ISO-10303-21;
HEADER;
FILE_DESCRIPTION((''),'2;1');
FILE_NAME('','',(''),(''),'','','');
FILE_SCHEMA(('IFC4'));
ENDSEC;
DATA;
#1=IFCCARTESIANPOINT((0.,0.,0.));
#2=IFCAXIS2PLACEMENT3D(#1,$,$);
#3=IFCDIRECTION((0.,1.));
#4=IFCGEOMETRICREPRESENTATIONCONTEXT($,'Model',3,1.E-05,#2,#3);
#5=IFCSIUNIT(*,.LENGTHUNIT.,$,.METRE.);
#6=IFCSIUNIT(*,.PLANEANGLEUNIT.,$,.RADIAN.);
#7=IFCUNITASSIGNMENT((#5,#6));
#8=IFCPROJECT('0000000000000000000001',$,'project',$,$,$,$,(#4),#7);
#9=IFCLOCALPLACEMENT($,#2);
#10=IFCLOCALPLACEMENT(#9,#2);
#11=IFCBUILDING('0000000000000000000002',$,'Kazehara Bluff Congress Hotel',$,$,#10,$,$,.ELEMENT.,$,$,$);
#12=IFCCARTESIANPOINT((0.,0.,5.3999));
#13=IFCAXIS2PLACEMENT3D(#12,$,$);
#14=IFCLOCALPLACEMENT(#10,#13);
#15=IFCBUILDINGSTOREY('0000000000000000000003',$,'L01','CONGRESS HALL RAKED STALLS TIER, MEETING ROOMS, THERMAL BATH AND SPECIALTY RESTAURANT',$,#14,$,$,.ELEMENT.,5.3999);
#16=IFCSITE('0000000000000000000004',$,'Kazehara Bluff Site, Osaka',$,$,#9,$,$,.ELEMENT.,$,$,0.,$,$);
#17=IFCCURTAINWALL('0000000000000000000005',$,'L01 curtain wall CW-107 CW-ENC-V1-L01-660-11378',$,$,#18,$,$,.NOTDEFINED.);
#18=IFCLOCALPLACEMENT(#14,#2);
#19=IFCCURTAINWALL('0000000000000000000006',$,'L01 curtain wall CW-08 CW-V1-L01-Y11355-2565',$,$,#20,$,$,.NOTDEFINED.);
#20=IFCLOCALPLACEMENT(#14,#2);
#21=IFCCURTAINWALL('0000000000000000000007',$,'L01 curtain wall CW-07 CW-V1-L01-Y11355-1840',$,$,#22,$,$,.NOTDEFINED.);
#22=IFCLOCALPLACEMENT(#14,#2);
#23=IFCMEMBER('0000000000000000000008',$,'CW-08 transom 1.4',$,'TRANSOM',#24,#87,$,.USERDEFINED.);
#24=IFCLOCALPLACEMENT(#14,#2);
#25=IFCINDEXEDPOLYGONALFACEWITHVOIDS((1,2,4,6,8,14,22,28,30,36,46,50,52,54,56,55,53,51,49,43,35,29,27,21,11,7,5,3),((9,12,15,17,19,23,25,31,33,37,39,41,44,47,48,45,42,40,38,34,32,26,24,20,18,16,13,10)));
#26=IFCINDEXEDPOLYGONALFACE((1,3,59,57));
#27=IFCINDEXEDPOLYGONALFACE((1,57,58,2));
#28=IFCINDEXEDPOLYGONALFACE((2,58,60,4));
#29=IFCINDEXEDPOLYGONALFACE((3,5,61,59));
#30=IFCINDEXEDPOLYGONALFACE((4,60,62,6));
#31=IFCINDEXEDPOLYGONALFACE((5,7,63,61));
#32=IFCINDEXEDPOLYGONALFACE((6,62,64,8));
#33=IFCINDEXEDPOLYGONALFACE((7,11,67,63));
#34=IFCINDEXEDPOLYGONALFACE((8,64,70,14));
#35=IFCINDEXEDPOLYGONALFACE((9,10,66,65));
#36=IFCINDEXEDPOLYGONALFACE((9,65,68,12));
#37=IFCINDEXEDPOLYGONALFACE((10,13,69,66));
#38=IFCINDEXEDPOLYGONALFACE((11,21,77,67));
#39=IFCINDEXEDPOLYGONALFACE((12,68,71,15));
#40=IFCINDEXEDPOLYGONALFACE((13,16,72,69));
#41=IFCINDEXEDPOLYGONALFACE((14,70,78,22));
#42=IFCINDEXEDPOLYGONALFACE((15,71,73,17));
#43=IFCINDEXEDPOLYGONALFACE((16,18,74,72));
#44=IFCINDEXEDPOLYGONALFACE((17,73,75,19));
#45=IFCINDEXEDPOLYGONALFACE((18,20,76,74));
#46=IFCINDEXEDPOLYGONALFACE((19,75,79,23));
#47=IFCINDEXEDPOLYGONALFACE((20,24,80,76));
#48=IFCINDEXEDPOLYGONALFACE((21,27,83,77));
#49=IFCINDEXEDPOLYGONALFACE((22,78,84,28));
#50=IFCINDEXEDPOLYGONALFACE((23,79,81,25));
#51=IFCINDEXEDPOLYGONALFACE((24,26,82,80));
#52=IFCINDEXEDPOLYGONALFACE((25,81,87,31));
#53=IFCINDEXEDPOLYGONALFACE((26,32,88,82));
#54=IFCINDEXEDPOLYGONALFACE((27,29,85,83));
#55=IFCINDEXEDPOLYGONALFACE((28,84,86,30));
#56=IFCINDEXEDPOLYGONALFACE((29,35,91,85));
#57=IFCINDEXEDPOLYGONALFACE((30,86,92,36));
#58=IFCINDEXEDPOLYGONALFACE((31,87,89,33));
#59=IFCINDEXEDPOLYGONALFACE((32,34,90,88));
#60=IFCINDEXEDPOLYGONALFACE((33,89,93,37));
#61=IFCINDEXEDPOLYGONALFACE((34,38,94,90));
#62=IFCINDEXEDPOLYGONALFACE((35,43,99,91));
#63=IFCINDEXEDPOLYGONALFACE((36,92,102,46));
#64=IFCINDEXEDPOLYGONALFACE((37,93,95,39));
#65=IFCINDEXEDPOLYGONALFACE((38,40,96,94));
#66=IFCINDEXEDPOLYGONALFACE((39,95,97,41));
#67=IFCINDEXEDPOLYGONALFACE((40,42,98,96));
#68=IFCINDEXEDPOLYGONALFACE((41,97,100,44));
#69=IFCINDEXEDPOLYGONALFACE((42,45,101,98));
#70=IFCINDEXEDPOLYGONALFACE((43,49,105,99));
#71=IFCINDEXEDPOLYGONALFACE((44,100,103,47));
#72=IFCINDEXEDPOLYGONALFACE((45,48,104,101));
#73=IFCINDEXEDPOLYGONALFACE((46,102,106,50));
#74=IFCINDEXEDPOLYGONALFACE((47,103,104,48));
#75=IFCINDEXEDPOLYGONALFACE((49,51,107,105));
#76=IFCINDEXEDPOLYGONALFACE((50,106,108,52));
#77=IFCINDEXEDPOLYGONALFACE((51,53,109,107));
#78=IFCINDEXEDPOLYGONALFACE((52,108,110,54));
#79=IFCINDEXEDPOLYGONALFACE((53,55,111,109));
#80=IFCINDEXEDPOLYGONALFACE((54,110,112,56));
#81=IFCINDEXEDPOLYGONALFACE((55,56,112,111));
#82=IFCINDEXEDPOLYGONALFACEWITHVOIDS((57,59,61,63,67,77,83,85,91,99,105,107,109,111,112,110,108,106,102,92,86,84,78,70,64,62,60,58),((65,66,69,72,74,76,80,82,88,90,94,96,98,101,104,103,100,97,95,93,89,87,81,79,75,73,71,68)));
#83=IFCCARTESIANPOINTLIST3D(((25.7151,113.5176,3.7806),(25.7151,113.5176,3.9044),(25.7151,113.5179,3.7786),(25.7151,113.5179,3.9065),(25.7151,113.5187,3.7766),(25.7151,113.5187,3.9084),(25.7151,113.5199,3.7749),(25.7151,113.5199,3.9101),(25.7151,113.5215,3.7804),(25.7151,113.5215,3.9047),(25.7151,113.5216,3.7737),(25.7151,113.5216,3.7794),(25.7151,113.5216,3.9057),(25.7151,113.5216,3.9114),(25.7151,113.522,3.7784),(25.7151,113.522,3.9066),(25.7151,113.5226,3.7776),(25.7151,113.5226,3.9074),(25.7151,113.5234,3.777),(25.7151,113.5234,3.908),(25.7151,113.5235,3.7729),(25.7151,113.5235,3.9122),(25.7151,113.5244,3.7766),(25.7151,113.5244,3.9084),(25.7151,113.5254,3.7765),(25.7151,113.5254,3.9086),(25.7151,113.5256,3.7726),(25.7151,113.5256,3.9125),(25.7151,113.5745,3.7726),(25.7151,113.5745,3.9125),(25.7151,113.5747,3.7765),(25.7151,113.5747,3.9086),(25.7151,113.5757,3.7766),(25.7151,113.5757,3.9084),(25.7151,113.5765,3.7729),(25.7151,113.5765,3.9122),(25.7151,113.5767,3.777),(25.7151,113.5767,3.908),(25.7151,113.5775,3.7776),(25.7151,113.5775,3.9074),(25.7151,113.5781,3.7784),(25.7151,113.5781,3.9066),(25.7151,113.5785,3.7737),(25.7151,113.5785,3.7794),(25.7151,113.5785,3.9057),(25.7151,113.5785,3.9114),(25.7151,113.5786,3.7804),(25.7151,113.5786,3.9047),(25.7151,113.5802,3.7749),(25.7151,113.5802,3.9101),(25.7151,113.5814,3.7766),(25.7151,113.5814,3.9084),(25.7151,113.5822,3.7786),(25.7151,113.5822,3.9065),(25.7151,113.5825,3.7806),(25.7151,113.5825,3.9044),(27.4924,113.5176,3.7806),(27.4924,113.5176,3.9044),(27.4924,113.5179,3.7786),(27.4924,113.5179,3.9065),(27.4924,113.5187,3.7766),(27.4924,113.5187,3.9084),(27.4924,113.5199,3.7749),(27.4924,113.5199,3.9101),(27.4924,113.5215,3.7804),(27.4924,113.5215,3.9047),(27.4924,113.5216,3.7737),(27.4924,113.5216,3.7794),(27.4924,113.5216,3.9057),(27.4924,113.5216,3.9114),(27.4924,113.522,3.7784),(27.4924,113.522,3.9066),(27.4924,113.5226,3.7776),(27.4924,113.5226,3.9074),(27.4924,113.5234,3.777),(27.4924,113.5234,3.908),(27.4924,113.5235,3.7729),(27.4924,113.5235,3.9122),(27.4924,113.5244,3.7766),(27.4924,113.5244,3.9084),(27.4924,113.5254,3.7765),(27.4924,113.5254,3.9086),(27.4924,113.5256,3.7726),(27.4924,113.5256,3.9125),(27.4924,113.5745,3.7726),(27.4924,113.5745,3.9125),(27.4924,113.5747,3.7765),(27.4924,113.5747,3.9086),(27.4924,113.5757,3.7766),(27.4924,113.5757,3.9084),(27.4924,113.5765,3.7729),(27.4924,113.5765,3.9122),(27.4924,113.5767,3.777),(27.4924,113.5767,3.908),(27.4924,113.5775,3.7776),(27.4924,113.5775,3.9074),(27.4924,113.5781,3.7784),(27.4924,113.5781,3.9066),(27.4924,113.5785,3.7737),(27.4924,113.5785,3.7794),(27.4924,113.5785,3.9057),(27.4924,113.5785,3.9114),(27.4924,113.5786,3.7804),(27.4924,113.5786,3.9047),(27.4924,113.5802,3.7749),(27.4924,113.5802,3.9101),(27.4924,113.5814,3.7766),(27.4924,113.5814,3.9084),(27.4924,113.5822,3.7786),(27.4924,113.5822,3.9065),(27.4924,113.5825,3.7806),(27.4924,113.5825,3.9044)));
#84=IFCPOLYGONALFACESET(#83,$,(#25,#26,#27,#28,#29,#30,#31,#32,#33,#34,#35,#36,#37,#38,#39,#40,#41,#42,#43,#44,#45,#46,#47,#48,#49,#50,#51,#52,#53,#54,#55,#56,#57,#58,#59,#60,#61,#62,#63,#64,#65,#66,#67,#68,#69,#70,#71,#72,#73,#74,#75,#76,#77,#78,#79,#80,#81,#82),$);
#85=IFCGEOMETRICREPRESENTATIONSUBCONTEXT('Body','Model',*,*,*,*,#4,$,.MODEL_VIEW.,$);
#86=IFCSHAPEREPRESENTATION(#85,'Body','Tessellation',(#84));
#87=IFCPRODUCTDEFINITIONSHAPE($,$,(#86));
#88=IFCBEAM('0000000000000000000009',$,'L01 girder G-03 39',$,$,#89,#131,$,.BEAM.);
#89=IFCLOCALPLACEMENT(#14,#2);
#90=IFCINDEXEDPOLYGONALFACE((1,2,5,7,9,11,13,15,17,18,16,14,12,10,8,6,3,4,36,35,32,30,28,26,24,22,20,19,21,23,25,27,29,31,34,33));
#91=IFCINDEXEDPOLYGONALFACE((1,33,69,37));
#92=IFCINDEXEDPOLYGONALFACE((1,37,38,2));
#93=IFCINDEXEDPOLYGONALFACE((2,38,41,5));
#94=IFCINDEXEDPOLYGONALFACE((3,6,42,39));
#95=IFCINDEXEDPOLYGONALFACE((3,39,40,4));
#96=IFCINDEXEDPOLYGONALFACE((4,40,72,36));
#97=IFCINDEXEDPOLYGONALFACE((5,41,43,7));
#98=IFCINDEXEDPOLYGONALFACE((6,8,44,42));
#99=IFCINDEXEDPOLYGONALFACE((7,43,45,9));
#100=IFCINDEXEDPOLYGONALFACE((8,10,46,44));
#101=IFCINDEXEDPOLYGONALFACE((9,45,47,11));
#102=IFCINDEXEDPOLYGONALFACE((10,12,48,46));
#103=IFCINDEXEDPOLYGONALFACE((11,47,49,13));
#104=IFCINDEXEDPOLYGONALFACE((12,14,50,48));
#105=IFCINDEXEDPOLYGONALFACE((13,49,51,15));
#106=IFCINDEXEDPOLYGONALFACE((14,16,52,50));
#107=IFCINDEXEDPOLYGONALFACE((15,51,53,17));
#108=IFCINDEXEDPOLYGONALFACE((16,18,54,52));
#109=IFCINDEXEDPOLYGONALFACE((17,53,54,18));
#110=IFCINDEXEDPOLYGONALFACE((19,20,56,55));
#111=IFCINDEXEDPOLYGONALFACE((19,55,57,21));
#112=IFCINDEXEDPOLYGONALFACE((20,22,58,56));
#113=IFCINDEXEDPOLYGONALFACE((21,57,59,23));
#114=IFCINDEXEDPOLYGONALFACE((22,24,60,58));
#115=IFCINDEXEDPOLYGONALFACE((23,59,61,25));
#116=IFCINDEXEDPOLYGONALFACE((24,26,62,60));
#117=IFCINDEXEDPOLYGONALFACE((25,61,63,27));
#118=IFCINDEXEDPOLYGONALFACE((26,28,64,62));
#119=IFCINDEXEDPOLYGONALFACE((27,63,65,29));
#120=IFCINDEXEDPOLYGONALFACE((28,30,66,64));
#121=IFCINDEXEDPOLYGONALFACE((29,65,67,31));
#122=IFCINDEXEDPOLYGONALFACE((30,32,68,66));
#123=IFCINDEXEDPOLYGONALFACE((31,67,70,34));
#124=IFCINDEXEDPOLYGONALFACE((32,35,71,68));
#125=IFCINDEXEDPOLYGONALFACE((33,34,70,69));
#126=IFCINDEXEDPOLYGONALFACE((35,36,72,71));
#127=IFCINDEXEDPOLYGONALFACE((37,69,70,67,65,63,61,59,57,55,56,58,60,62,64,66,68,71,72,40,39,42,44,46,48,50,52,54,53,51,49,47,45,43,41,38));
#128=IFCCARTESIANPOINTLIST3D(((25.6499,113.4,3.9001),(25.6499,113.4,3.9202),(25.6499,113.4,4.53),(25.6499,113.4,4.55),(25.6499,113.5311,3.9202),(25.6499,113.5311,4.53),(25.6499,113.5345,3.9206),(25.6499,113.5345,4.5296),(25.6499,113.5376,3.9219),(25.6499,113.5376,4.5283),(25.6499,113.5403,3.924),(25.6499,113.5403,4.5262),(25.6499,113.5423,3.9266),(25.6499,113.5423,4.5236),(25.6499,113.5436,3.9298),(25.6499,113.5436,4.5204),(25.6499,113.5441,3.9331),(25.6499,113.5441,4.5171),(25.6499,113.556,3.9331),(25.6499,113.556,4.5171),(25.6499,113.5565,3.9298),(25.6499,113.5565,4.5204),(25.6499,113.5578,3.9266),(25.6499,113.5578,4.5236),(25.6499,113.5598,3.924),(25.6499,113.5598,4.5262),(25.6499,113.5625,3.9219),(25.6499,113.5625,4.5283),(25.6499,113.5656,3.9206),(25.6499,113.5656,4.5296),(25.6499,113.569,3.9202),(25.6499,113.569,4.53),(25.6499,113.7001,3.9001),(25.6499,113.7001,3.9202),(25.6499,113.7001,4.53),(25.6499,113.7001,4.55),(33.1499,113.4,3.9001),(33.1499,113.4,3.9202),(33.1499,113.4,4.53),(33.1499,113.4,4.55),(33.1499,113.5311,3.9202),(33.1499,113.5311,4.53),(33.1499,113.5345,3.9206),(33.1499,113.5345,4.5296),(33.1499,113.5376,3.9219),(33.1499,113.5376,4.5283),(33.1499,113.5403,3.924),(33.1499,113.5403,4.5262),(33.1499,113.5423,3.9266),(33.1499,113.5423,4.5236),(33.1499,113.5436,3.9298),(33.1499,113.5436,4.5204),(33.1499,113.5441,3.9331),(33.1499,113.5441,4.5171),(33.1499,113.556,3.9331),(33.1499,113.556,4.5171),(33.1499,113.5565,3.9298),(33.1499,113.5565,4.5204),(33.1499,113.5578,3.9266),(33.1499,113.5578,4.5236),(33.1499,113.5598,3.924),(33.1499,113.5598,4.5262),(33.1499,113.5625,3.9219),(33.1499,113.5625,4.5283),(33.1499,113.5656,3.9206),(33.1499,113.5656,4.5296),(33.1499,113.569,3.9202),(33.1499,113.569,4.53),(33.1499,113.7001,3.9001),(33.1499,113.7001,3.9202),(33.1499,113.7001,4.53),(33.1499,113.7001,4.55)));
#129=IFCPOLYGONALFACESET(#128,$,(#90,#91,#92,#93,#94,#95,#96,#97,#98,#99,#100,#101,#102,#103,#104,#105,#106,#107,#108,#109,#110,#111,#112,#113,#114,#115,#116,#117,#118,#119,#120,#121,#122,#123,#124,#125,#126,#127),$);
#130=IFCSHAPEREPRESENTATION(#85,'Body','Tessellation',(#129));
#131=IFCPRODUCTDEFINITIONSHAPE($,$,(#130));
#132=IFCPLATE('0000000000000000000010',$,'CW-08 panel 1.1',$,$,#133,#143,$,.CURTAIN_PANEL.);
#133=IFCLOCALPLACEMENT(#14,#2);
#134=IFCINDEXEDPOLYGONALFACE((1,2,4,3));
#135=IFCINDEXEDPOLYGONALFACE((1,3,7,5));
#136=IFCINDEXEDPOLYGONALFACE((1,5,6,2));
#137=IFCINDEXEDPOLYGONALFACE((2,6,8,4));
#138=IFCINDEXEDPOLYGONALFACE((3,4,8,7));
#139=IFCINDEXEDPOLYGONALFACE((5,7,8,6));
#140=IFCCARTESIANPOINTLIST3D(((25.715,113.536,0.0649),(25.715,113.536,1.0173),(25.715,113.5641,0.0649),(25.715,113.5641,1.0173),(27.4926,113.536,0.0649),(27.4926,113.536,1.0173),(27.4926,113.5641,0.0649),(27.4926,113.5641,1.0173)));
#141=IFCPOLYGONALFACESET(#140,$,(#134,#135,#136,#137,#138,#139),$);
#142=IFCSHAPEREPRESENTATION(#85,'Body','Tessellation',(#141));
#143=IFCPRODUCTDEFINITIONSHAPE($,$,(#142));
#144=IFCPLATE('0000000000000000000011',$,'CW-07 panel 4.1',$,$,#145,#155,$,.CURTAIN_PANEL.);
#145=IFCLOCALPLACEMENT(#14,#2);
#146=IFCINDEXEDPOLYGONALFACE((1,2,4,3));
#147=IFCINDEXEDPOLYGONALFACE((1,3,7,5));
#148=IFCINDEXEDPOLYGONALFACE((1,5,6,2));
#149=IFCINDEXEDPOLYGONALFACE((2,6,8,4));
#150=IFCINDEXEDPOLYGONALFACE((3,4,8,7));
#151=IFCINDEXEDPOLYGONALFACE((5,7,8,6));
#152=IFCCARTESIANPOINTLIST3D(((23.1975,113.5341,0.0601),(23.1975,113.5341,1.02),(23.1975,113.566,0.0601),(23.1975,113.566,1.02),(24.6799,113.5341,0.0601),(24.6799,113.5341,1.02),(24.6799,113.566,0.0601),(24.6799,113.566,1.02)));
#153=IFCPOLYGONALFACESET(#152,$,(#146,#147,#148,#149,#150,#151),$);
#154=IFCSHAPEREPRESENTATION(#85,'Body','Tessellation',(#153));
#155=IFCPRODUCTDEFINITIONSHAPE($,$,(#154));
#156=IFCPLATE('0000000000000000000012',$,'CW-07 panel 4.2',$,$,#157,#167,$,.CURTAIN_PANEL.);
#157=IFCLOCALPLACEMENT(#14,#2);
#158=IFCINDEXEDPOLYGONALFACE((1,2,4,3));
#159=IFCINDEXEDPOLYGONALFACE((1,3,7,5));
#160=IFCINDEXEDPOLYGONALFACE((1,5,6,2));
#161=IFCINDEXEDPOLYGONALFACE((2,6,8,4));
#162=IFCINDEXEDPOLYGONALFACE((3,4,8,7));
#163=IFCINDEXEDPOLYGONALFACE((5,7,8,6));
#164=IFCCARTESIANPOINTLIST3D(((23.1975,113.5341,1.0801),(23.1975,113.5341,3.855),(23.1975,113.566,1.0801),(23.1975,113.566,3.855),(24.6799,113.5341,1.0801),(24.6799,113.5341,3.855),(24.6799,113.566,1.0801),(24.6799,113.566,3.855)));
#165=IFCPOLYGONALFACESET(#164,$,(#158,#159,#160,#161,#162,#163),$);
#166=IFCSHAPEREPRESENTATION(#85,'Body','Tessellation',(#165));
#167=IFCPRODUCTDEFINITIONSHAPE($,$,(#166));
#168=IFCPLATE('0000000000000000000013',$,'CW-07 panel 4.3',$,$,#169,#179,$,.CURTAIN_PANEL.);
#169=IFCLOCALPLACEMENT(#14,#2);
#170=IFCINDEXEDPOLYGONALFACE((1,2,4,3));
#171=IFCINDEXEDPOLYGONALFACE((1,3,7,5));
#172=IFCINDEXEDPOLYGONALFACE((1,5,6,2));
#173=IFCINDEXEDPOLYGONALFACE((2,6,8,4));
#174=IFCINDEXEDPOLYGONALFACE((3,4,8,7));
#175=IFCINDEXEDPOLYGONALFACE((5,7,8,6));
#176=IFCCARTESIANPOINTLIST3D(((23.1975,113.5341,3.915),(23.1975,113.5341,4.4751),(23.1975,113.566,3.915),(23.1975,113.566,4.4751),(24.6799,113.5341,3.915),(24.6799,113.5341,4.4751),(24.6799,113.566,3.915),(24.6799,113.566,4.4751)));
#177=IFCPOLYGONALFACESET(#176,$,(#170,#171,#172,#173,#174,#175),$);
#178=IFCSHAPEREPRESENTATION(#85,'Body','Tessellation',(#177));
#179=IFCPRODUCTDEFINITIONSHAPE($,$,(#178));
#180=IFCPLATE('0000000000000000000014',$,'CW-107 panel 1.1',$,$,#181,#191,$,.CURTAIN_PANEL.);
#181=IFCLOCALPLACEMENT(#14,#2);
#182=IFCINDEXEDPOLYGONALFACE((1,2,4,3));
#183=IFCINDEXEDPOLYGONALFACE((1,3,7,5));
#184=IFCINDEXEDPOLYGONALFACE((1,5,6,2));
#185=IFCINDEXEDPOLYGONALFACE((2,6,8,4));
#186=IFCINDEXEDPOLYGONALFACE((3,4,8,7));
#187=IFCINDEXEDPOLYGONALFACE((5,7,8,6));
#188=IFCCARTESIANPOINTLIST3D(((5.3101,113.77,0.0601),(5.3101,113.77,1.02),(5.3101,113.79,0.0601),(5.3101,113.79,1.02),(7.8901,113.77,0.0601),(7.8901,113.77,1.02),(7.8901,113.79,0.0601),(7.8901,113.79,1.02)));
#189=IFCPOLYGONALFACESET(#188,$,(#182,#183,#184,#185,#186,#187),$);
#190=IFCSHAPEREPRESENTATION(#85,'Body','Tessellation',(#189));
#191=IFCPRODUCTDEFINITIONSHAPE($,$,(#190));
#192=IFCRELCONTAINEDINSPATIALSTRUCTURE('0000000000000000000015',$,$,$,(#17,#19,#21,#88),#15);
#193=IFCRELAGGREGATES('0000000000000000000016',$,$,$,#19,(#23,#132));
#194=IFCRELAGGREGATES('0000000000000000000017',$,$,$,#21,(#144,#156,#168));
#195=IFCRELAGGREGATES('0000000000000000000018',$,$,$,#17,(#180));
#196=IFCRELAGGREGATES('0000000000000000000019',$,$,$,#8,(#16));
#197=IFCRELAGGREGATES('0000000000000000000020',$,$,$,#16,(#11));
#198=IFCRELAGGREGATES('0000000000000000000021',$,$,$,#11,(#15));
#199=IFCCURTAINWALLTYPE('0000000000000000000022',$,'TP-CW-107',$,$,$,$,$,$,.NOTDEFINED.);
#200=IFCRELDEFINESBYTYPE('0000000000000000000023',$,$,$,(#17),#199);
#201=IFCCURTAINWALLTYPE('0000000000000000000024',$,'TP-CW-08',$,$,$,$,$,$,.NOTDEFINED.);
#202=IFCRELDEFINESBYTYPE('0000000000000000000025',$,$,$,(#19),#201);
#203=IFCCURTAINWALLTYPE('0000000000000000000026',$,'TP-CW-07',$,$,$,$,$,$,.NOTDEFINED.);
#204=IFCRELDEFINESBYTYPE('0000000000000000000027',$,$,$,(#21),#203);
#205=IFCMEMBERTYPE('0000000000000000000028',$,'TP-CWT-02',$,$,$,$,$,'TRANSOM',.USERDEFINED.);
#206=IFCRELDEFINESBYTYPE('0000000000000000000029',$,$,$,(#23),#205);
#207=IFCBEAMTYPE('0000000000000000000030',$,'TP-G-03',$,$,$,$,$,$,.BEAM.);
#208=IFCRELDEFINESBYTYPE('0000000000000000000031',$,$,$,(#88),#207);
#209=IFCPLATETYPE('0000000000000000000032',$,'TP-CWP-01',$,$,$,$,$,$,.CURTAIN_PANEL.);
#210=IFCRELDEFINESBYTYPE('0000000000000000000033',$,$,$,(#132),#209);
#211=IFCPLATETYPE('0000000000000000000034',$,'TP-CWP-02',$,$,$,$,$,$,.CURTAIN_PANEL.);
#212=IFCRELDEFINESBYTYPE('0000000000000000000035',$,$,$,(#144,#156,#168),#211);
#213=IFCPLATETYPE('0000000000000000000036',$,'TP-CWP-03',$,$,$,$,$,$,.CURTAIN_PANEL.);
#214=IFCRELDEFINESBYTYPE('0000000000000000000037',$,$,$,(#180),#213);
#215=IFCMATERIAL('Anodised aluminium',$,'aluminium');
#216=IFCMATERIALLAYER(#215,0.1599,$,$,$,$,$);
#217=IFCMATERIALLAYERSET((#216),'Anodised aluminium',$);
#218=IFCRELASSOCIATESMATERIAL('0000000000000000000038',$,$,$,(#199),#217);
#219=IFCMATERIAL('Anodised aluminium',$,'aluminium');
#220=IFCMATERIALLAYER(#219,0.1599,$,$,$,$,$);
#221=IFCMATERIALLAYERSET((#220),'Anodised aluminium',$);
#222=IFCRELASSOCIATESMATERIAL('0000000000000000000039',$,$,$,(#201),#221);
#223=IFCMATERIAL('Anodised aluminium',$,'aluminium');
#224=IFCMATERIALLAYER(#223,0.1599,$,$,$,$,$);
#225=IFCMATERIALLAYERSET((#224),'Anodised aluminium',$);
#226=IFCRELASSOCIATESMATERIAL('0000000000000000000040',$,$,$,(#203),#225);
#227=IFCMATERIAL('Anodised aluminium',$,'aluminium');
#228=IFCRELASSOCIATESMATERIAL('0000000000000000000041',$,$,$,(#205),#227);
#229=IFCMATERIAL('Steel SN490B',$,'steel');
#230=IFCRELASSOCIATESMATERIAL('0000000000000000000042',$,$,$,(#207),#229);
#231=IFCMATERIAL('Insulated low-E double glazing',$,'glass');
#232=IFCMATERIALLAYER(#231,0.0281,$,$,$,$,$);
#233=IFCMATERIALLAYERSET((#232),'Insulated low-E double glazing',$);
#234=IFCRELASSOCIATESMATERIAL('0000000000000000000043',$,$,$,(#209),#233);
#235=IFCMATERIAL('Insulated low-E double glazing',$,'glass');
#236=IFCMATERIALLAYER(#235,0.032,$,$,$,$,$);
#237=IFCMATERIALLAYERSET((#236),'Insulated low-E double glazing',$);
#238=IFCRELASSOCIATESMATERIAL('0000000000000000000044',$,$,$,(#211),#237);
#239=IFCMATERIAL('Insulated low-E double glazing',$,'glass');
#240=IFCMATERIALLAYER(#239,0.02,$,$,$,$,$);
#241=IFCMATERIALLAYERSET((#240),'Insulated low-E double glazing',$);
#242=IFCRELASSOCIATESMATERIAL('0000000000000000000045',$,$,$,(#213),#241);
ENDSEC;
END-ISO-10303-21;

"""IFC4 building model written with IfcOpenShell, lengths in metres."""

from ifc_helpers import new_model, si_unit, direction, frame, origin, origin_2d, place, context, subcontext, project, spatial, rectangle, hollow_rectangle, i_section, extrude, material, layer, layer_set, material_profile, profile_set, type_object, element, aggregate, save


model = new_model("IFC4")

# Units and contexts
model_context = context("Model", 3, precision=1e-05, world=origin(), true_north=direction((0.0, 1.0)))
body_context = subcontext(model_context, "Body", "Model", "MODEL_VIEW")
ifc_project = project(units=[si_unit("LENGTHUNIT", "METRE"), si_unit("PLANEANGLEUNIT", "RADIAN")], contexts=[model_context])

# Site, building, storey
site_placement = place(None, origin())
site = spatial("IfcSite", under=ifc_project, at=site_placement, Name="Kazehara Bluff Site, Osaka", CompositionType="ELEMENT", RefElevation=0.0)
building_placement = place(site_placement, origin())
building = spatial("IfcBuilding", under=site, at=building_placement, Name="Kazehara Bluff Congress Hotel", CompositionType="ELEMENT")
storey_placement = place(building_placement, frame((0.0, 0.0, 5.3999)))
storey = spatial("IfcBuildingStorey", under=building, at=storey_placement, Name="L01", Description="CONGRESS HALL RAKED STALLS TIER, MEETING ROOMS, THERMAL BATH AND SPECIALTY RESTAURANT", CompositionType="ELEMENT", Elevation=5.3999)

# Curtain wall
ifc_material_1 = material(Name="Anodised aluminium", Category="aluminium")
ifc_layer_1 = layer(ifc_material_1, 0.1599)
ifc_layer_set_1 = layer_set([ifc_layer_1], Name="Anodised aluminium")
curtain_wall_type_1 = type_object("IfcCurtainWallType", Name="TP-CW-107", PredefinedType="NOTDEFINED", material=ifc_layer_set_1)
curtain_wall_1_placement = place(storey_placement, origin())
curtain_wall_1 = element("IfcCurtainWall", 1, at=curtain_wall_1_placement, inside=storey, type_object=curtain_wall_type_1, Name="L01 curtain wall CW-107 CW-ENC-V1-L01-660-11378", PredefinedType="NOTDEFINED")

# Curtain wall
ifc_material_2 = material(Name="Anodised aluminium", Category="aluminium")
ifc_layer_2 = layer(ifc_material_2, 0.1599)
ifc_layer_set_2 = layer_set([ifc_layer_2], Name="Anodised aluminium")
curtain_wall_type_2 = type_object("IfcCurtainWallType", Name="TP-CW-08", PredefinedType="NOTDEFINED", material=ifc_layer_set_2)
curtain_wall_2_placement = place(storey_placement, origin())
curtain_wall_2 = element("IfcCurtainWall", 2, at=curtain_wall_2_placement, inside=storey, type_object=curtain_wall_type_2, Name="L01 curtain wall CW-08 CW-V1-L01-Y11355-2565", PredefinedType="NOTDEFINED")

# Curtain wall
ifc_material_3 = material(Name="Anodised aluminium", Category="aluminium")
ifc_layer_3 = layer(ifc_material_3, 0.1599)
ifc_layer_set_3 = layer_set([ifc_layer_3], Name="Anodised aluminium")
curtain_wall_type_3 = type_object("IfcCurtainWallType", Name="TP-CW-07", PredefinedType="NOTDEFINED", material=ifc_layer_set_3)
curtain_wall_3_placement = place(storey_placement, origin())
curtain_wall_3 = element("IfcCurtainWall", 3, at=curtain_wall_3_placement, inside=storey, type_object=curtain_wall_type_3, Name="L01 curtain wall CW-07 CW-V1-L01-Y11355-1840", PredefinedType="NOTDEFINED")

# Member
ifc_material_4 = material(Name="Anodised aluminium", Category="aluminium")
ifc_material_profile_1 = material_profile(ifc_material_4, hollow_rectangle(XDim=0.0649, YDim=0.1399, WallThickness=0.0039, InnerFilletRadius=0.0039, OuterFilletRadius=0.0081, at=origin_2d()))
ifc_profile_set_1 = profile_set([ifc_material_profile_1], Name="Anodised aluminium")
member_type_1 = type_object("IfcMemberType", Name="TP-CWT-02", ElementType="TRANSOM", PredefinedType="USERDEFINED", material=ifc_profile_set_1)
member_1_placement = place(storey_placement, frame((25.7151, 113.55, 3.8425), z_axis=(1.0, 0.0, 0.0), x_axis=(0.0, 1.0, 0.0)))
member_1 = element("IfcMember", 4, at=member_1_placement, type_object=member_type_1, Name="CW-08 transom 1.4", ObjectType="TRANSOM", PredefinedType="USERDEFINED", context=body_context, shape_type="SweptSolid", body=[
    extrude(hollow_rectangle(XDim=0.0649, YDim=0.1399, WallThickness=0.0039, InnerFilletRadius=0.0039, OuterFilletRadius=0.0081, at=origin_2d()), origin(), (0.0, 0.0, 1.0), 1.7773),
])

# Beam
ifc_material_5 = material(Name="Steel SN490B", Category="steel")
ifc_material_profile_2 = material_profile(ifc_material_5, i_section(OverallWidth=0.3, OverallDepth=0.6499, WebThickness=0.012, FlangeThickness=0.02, FilletRadius=0.0129, at=origin_2d()))
ifc_profile_set_2 = profile_set([ifc_material_profile_2], Name="Steel SN490B")
beam_type = type_object("IfcBeamType", Name="TP-G-03", PredefinedType="BEAM", material=ifc_profile_set_2)
beam_placement = place(storey_placement, frame((25.6499, 113.55, 4.2251), z_axis=(1.0, 0.0, 0.0), x_axis=(0.0, 1.0, 0.0)))
element("IfcBeam", 5, at=beam_placement, inside=storey, type_object=beam_type, Name="L01 girder G-03 39", PredefinedType="BEAM", context=body_context, shape_type="SweptSolid", body=[
    extrude(i_section(OverallWidth=0.3, OverallDepth=0.6499, WebThickness=0.012, FlangeThickness=0.02, FilletRadius=0.0129, at=origin_2d()), origin(), (0.0, 0.0, 1.0), 7.5),
])

# Plates
ifc_material_6 = material(Name="Insulated low-E double glazing", Category="glass")
ifc_layer_4 = layer(ifc_material_6, 0.0281)
ifc_layer_set_4 = layer_set([ifc_layer_4], Name="Insulated low-E double glazing")
plate_type_1 = type_object("IfcPlateType", Name="TP-CWP-01", PredefinedType="CURTAIN_PANEL", material=ifc_layer_set_4)
plate_1_placement = place(storey_placement, frame((26.6038, 113.55, 0.0649), z_axis=(0.0, 0.0, 1.0), x_axis=(1.0, 0.0, 0.0)))
plate_1 = element("IfcPlate", 6, at=plate_1_placement, type_object=plate_type_1, Name="CW-08 panel 1.1", PredefinedType="CURTAIN_PANEL", context=body_context, shape_type="SweptSolid", body=[
    extrude(rectangle(XDim=1.7776, YDim=0.0281, at=origin_2d()), origin(), (0.0, 0.0, 1.0), 0.9524),
])
aggregate(curtain_wall_2, [member_1, plate_1])
ifc_material_7 = material(Name="Insulated low-E double glazing", Category="glass")
ifc_layer_5 = layer(ifc_material_7, 0.032)
ifc_layer_set_5 = layer_set([ifc_layer_5], Name="Insulated low-E double glazing")
plate_type_2 = type_object("IfcPlateType", Name="TP-CWP-02", PredefinedType="CURTAIN_PANEL", material=ifc_layer_set_5)
plate_2_placement = place(storey_placement, frame((23.9387, 113.55, 0.0601), z_axis=(0.0, 0.0, 1.0), x_axis=(1.0, 0.0, 0.0)))
plate_2 = element("IfcPlate", 7, at=plate_2_placement, type_object=plate_type_2, Name="CW-07 panel 4.1", PredefinedType="CURTAIN_PANEL", context=body_context, shape_type="SweptSolid", body=[
    extrude(rectangle(XDim=1.4824, YDim=0.032, at=origin_2d()), origin(), (0.0, 0.0, 1.0), 0.96),
])
plate_3_placement = place(storey_placement, frame((23.9387, 113.55, 1.0801), z_axis=(0.0, 0.0, 1.0), x_axis=(1.0, 0.0, 0.0)))
plate_3 = element("IfcPlate", 8, at=plate_3_placement, type_object=plate_type_2, Name="CW-07 panel 4.2", PredefinedType="CURTAIN_PANEL", context=body_context, shape_type="SweptSolid", body=[
    extrude(rectangle(XDim=1.4824, YDim=0.032, at=origin_2d()), origin(), (0.0, 0.0, 1.0), 2.7749),
])
plate_4_placement = place(storey_placement, frame((23.9387, 113.55, 3.915), z_axis=(0.0, 0.0, 1.0), x_axis=(1.0, 0.0, 0.0)))
plate_4 = element("IfcPlate", 9, at=plate_4_placement, type_object=plate_type_2, Name="CW-07 panel 4.3", PredefinedType="CURTAIN_PANEL", context=body_context, shape_type="SweptSolid", body=[
    extrude(rectangle(XDim=1.4824, YDim=0.032, at=origin_2d()), origin(), (0.0, 0.0, 1.0), 0.5601),
])
aggregate(curtain_wall_3, [plate_2, plate_3, plate_4])
ifc_material_8 = material(Name="Insulated low-E double glazing", Category="glass")
ifc_layer_6 = layer(ifc_material_8, 0.02)
ifc_layer_set_6 = layer_set([ifc_layer_6], Name="Insulated low-E double glazing")
plate_type_3 = type_object("IfcPlateType", Name="TP-CWP-03", PredefinedType="CURTAIN_PANEL", material=ifc_layer_set_6)
plate_5_placement = place(storey_placement, frame((6.6001, 113.78, 0.0601), z_axis=(0.0, 0.0, 1.0), x_axis=(1.0, 0.0, 0.0)))
plate_5 = element("IfcPlate", 10, at=plate_5_placement, type_object=plate_type_3, Name="CW-107 panel 1.1", PredefinedType="CURTAIN_PANEL", context=body_context, shape_type="SweptSolid", body=[
    extrude(rectangle(XDim=2.5801, YDim=0.02, at=origin_2d()), origin(), (0.0, 0.0, 1.0), 0.96),
])
aggregate(curtain_wall_1, [plate_5])

save(model, "model.ifc")
